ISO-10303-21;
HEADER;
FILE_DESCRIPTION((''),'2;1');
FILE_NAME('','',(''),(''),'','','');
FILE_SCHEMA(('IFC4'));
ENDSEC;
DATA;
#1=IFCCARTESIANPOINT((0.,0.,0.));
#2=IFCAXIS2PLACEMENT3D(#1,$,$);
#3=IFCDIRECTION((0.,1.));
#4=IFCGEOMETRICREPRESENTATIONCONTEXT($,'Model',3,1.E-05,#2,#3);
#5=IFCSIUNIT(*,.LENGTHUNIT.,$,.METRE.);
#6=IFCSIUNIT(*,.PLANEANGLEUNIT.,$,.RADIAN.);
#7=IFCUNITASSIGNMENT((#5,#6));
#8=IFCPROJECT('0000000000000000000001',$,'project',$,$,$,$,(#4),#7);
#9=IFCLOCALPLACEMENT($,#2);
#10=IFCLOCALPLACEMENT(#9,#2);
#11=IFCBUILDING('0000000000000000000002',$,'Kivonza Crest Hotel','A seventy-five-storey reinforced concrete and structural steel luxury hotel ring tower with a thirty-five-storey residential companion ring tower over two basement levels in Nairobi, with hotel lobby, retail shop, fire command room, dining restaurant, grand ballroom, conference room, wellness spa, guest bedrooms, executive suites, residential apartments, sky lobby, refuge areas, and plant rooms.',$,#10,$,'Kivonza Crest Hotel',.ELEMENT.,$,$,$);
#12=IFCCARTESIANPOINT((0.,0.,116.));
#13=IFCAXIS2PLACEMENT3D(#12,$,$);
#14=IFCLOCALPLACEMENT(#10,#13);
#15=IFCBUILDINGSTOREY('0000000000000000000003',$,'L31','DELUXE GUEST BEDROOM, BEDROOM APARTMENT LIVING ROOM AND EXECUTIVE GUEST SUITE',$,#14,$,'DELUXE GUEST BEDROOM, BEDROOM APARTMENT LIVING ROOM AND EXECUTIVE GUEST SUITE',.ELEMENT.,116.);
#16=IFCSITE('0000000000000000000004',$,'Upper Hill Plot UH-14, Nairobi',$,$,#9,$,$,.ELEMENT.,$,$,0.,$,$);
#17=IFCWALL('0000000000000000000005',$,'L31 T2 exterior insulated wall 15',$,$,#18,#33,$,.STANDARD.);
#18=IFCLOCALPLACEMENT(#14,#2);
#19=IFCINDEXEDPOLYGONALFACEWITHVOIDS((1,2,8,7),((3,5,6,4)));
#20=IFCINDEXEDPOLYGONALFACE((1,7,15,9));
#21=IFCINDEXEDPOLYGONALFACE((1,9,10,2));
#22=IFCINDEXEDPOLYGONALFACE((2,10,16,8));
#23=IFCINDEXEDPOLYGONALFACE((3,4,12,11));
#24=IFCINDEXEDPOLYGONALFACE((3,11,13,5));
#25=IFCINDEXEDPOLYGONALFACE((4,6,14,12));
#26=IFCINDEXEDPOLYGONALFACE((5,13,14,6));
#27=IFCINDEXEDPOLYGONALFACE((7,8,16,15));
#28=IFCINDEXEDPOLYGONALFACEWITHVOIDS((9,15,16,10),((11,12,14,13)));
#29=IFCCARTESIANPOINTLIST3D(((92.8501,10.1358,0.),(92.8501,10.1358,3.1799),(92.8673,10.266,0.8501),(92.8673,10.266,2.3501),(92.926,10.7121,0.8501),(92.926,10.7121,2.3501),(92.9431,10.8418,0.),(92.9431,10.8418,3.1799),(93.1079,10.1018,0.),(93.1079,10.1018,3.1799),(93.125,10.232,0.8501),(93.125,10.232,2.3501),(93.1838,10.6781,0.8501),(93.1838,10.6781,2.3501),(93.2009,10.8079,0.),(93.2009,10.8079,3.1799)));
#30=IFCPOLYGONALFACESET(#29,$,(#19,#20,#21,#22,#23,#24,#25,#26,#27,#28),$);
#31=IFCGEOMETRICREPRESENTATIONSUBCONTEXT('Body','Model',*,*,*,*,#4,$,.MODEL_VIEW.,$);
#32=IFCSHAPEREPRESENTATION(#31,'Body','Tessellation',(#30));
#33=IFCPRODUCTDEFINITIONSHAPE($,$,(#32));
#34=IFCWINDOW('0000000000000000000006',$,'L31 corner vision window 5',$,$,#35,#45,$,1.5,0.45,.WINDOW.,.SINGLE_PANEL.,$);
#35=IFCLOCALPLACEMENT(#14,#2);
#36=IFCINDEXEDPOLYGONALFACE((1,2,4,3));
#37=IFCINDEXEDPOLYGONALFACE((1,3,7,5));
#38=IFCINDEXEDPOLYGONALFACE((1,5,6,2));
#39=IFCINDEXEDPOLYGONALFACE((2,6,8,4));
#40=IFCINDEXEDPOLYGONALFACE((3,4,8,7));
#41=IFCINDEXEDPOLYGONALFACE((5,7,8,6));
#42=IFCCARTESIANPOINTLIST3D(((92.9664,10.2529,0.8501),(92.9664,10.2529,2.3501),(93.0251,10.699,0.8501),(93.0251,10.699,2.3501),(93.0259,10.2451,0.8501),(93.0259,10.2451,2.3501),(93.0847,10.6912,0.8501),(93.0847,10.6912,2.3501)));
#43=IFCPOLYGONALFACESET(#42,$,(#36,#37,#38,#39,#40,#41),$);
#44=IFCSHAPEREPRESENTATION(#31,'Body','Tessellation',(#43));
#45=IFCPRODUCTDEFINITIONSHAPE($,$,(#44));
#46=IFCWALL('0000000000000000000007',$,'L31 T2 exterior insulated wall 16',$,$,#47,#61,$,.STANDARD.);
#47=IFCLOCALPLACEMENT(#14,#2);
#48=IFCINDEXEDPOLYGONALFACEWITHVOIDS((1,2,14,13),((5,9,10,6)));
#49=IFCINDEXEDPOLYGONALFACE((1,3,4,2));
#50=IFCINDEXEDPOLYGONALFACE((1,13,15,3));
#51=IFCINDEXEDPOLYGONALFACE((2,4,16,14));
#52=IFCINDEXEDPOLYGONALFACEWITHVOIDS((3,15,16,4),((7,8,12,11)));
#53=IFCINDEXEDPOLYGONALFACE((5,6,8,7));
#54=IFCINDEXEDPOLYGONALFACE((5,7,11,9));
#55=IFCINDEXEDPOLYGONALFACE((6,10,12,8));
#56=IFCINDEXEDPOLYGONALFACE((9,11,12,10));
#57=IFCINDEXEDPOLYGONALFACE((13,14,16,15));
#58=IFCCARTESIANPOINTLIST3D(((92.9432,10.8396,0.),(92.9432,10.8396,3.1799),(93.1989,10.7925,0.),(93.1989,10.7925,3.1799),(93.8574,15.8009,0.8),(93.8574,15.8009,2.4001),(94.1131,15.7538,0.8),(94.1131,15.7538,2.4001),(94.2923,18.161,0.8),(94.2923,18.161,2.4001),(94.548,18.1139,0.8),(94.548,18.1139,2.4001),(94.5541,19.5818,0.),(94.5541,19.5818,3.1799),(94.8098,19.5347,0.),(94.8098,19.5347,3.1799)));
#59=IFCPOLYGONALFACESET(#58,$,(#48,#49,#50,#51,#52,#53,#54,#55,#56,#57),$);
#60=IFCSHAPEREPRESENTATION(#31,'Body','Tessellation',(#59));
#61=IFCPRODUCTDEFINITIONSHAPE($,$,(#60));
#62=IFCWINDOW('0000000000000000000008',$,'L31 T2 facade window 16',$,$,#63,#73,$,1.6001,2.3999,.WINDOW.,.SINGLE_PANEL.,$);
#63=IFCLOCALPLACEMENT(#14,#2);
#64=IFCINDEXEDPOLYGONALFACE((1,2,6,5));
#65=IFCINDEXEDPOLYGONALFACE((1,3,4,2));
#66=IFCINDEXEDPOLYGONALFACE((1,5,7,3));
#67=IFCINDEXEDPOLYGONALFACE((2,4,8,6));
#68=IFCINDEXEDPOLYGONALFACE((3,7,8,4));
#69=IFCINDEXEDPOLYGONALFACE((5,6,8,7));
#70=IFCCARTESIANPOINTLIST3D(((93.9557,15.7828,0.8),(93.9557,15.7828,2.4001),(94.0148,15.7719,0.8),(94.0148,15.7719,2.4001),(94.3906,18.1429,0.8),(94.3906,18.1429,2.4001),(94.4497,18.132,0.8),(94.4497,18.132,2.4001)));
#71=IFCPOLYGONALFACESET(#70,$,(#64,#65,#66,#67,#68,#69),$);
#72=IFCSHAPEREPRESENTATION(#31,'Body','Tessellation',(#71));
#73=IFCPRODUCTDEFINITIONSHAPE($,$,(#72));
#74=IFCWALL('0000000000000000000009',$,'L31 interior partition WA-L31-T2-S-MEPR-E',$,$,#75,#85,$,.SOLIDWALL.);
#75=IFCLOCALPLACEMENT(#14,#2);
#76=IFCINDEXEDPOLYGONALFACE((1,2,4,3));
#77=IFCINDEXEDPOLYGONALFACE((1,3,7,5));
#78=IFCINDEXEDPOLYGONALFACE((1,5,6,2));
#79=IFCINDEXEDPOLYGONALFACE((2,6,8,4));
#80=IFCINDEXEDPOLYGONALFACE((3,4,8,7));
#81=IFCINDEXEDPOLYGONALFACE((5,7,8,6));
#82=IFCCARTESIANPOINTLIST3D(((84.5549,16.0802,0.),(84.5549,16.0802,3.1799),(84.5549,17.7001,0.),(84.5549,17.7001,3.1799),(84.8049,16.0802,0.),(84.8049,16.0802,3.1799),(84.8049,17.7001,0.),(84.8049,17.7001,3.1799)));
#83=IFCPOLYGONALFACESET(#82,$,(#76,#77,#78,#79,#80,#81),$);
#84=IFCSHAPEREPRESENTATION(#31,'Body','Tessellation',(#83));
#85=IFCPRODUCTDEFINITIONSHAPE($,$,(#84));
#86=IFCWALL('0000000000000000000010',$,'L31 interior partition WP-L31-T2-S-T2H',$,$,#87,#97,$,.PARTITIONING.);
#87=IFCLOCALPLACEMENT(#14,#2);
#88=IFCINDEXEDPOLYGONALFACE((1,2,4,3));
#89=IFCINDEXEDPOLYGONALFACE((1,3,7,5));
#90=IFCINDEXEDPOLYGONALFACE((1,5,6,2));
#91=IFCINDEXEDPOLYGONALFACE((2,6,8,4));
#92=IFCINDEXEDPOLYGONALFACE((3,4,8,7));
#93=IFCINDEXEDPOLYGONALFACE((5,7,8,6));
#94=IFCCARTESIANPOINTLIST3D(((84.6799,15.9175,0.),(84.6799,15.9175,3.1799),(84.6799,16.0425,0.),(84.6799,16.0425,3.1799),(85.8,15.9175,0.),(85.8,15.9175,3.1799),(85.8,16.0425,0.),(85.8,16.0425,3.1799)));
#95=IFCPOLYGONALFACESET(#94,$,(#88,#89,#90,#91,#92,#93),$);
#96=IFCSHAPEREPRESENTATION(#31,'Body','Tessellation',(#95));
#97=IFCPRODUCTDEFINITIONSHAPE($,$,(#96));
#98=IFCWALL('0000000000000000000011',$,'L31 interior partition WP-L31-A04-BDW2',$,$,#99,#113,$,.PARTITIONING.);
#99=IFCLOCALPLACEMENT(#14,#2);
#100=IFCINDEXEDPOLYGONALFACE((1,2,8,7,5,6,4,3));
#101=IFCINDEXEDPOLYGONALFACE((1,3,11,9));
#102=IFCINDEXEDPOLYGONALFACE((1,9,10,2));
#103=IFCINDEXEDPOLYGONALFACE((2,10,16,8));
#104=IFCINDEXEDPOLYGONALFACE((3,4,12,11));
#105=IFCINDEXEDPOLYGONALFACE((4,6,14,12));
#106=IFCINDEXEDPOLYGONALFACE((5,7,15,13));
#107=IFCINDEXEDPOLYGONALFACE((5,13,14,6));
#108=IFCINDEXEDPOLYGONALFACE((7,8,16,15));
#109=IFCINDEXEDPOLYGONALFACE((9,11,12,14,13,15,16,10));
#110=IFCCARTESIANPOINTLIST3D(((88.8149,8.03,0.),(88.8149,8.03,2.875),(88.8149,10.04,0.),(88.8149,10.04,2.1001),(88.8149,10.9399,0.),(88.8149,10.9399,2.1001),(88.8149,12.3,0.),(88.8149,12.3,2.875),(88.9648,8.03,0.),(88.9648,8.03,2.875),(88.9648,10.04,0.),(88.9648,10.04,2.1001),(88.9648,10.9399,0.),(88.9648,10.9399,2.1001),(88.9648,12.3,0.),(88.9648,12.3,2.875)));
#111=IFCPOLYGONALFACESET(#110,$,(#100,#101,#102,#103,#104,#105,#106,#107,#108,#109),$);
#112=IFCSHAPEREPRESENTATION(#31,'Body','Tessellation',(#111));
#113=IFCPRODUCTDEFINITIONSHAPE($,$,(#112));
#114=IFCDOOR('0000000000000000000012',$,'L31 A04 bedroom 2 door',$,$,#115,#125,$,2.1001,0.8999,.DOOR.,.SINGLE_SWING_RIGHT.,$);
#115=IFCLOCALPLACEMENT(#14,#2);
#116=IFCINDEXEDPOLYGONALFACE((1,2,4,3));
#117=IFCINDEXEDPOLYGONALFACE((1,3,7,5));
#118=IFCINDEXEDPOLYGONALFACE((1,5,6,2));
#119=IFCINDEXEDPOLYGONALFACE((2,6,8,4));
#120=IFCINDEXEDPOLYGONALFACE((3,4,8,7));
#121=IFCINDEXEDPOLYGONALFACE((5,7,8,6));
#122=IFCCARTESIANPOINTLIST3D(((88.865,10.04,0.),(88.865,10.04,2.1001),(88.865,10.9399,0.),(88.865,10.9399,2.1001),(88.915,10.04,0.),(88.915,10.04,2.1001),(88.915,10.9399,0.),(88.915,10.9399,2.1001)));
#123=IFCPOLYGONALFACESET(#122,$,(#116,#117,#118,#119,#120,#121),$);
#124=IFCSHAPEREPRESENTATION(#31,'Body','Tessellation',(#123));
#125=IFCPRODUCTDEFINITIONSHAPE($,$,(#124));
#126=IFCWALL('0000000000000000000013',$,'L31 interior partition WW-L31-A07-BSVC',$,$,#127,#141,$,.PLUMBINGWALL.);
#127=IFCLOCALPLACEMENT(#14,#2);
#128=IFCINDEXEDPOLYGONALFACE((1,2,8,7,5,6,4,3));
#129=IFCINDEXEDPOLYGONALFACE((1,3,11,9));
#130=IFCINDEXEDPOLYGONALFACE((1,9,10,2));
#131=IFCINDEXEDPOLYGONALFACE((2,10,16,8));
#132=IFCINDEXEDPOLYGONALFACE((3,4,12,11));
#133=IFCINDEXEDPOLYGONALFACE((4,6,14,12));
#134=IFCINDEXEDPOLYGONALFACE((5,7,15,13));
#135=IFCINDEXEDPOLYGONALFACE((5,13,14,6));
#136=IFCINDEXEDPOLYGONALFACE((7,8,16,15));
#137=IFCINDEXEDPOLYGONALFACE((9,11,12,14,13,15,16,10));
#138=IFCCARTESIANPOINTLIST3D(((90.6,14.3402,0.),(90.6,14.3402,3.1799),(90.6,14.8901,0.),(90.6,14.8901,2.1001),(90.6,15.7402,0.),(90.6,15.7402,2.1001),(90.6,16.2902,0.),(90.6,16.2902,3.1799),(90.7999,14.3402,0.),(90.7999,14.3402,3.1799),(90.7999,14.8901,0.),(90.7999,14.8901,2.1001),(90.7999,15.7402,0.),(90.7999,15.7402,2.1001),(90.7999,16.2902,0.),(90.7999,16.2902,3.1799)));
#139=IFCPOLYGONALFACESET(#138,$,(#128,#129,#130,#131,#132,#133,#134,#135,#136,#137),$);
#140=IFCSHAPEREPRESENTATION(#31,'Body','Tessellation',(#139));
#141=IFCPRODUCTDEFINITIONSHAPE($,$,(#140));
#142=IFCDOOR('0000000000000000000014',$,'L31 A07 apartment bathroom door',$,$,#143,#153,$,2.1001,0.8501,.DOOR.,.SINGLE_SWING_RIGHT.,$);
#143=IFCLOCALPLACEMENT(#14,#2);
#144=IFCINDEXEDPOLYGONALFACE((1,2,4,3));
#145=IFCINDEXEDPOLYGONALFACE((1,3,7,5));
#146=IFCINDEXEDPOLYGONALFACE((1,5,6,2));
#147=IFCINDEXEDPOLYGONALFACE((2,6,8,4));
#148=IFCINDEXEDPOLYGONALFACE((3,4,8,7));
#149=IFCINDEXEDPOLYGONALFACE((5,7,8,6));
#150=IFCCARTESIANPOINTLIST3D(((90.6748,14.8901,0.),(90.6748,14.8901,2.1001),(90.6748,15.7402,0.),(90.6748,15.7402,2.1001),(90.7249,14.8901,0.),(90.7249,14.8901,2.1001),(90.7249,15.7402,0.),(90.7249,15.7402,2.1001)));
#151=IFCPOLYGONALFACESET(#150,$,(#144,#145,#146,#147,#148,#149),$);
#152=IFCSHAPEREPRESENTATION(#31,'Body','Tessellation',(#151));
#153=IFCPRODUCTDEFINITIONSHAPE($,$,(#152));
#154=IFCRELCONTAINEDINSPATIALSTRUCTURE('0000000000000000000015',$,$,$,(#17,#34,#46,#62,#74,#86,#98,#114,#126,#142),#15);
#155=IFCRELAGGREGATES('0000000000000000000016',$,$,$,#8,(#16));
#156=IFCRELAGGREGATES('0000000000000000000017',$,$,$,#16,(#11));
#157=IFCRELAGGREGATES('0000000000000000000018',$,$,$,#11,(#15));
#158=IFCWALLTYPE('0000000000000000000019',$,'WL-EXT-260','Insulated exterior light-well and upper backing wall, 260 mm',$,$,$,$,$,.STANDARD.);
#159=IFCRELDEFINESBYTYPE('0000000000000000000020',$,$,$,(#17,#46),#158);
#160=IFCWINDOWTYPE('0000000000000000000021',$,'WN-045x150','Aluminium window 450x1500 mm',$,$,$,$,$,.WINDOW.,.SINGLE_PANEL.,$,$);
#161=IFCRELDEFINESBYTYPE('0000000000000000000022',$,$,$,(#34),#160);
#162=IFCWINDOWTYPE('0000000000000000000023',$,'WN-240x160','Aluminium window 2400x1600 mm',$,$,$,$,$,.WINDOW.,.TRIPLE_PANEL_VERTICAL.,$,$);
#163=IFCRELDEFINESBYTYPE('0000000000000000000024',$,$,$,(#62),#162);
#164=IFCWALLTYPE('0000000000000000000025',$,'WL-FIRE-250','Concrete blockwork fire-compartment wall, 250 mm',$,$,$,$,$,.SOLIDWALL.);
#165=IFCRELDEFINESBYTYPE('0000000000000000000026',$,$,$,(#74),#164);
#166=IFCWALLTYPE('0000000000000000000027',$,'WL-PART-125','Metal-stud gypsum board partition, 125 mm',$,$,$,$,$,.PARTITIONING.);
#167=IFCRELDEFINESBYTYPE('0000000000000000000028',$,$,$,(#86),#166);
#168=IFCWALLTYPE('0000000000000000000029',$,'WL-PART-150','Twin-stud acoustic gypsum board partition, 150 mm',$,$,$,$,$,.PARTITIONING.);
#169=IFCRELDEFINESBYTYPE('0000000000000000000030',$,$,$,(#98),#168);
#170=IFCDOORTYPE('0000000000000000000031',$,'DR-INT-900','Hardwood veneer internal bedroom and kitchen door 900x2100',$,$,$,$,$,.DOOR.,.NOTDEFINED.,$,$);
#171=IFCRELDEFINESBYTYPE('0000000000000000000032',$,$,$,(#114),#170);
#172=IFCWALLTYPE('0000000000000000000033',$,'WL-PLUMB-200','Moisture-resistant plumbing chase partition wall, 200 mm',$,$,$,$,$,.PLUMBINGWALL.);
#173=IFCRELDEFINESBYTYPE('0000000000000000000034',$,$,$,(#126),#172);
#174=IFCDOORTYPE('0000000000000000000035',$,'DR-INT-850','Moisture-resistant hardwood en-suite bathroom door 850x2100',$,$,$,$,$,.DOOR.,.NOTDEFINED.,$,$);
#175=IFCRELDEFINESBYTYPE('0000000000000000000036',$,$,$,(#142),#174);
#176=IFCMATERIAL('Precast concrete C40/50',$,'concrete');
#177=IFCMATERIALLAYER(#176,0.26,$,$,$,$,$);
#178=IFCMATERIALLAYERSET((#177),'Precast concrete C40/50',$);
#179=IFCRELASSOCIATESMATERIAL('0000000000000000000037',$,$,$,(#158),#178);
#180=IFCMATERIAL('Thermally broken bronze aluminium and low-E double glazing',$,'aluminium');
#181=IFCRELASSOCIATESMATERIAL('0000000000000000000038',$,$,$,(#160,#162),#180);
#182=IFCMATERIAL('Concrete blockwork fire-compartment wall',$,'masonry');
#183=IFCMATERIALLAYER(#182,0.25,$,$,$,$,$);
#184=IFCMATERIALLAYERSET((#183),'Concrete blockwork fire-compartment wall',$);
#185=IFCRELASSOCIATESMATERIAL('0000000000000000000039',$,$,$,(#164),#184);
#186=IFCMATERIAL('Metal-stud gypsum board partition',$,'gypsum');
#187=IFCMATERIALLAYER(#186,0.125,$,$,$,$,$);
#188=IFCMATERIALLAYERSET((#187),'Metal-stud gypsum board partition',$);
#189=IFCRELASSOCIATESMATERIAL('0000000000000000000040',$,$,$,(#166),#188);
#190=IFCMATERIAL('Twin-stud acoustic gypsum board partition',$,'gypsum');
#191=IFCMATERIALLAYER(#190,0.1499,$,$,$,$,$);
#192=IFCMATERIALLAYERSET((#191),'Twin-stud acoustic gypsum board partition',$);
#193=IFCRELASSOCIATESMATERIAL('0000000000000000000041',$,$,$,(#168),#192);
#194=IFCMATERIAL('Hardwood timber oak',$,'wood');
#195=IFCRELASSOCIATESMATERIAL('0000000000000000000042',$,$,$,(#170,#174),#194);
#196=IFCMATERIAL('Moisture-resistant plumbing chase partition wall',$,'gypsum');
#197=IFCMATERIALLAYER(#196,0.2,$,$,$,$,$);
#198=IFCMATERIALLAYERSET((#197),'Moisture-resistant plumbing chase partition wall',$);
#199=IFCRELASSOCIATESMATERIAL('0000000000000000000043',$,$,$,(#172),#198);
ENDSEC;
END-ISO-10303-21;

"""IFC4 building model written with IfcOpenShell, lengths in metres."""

from ifc_helpers import new_model, si_unit, direction, frame, frame_2d, origin, place, context, subcontext, project, spatial, rectangle, extrude, material, layer, layer_set, type_object, element, fill, save


model = new_model("IFC4")

# Units and contexts
model_context = context("Model", 3, precision=1e-05, world=origin(), true_north=direction((0.0, 1.0)))
body_context = subcontext(model_context, "Body", "Model", "MODEL_VIEW")
ifc_project = project(units=[si_unit("LENGTHUNIT", "METRE"), si_unit("PLANEANGLEUNIT", "RADIAN")], contexts=[model_context])

# Site, building, storey
site_placement = place(None, origin())
site = spatial("IfcSite", under=ifc_project, at=site_placement, Name="Upper Hill Plot UH-14, Nairobi", CompositionType="ELEMENT", RefElevation=0.0)
building_placement = place(site_placement, origin())
building = spatial("IfcBuilding", under=site, at=building_placement, Name="Kivonza Crest Hotel", Description="A seventy-five-storey reinforced concrete and structural steel luxury hotel ring tower with a thirty-five-storey residential companion ring tower over two basement levels in Nairobi, with hotel lobby, retail shop, fire command room, dining restaurant, grand ballroom, conference room, wellness spa, guest bedrooms, executive suites, residential apartments, sky lobby, refuge areas, and plant rooms.", LongName="Kivonza Crest Hotel", CompositionType="ELEMENT")
storey_placement = place(building_placement, frame((0.0, 0.0, 116.0)))
storey = spatial("IfcBuildingStorey", under=building, at=storey_placement, Name="L31", Description="DELUXE GUEST BEDROOM, BEDROOM APARTMENT LIVING ROOM AND EXECUTIVE GUEST SUITE", LongName="DELUXE GUEST BEDROOM, BEDROOM APARTMENT LIVING ROOM AND EXECUTIVE GUEST SUITE", CompositionType="ELEMENT", Elevation=116.0)

# Shared definitions
ifc_material_1 = material(Name="Precast concrete C40/50", Category="concrete")
ifc_layer_1 = layer(ifc_material_1, 0.26)
ifc_layer_set_1 = layer_set([ifc_layer_1], Name="Precast concrete C40/50")
wall_type_1 = type_object("IfcWallType", Name="WL-EXT-260", Description="Insulated exterior light-well and upper backing wall, 260 mm", PredefinedType="STANDARD", material=ifc_layer_set_1)

# Walls, openings, windows
wall_1_placement = place(storey_placement, frame((92.979, 10.1189, 0.0), z_axis=(0.0, 0.0, 1.0), x_axis=(0.130614, 0.991433, 0.0)))
wall_1 = element("IfcWall", 1, at=wall_1_placement, inside=storey, type_object=wall_type_1, Name="L31 T2 exterior insulated wall 15", PredefinedType="STANDARD", context=body_context, shape_type="SweptSolid", body=[
    extrude(rectangle(XDim=0.7122, YDim=0.26, at=frame_2d((0.356, 0.0))), origin(), (0.0, 0.0, 1.0), 3.1799),
])
opening_1_placement = place(wall_1_placement, frame((0.1311, 0.0, 0.8501)))
opening_1 = element("IfcOpeningElement", 2, at=opening_1_placement, cuts=wall_1, PredefinedType="OPENING", context=body_context, shape_type="SweptSolid", body=[
    extrude(rectangle(XDim=0.45, YDim=1.5, at=frame_2d((0.2251, 0.75))), frame((0.0, 0.1401, 0.0), z_axis=(0.0, -1.0, 0.0), x_axis=(1.0, 0.0, 0.0)), (0.0, 0.0, 1.0), 0.28),
])
ifc_material_2 = material(Name="Thermally broken bronze aluminium and low-E double glazing", Category="aluminium")
window_type_1 = type_object("IfcWindowType", Name="WN-045x150", Description="Aluminium window 450x1500 mm", PartitioningType="SINGLE_PANEL", PredefinedType="WINDOW", material=ifc_material_2)
window_1_placement = place(opening_1_placement, origin())
window_1 = element("IfcWindow", 3, at=window_1_placement, inside=storey, type_object=window_type_1, Name="L31 corner vision window 5", OverallHeight=1.5, OverallWidth=0.45, PartitioningType="SINGLE_PANEL", PredefinedType="WINDOW", context=body_context, shape_type="SweptSolid", body=[
    extrude(rectangle(XDim=0.45, YDim=1.5, at=frame_2d((0.2251, 0.75))), frame((0.0, 0.03, 0.0), z_axis=(0.0, -1.0, 0.0), x_axis=(1.0, 0.0, 0.0)), (0.0, 0.0, 1.0), 0.0601),
])
fill(opening_1, window_1)
wall_2_placement = place(storey_placement, frame((93.071, 10.8159, 0.0), z_axis=(0.0, 0.0, 1.0), x_axis=(0.18121, 0.983444, 0.0)))
wall_2 = element("IfcWall", 4, at=wall_2_placement, inside=storey, type_object=wall_type_1, Name="L31 T2 exterior insulated wall 16", PredefinedType="STANDARD", context=body_context, shape_type="SweptSolid", body=[
    extrude(rectangle(XDim=8.8894, YDim=0.26, at=frame_2d((4.4448, 0.0))), origin(), (0.0, 0.0, 1.0), 3.1799),
])
opening_2_placement = place(wall_2_placement, frame((5.0449, 0.0, 0.8)))
opening_2 = element("IfcOpeningElement", 5, at=opening_2_placement, cuts=wall_2, PredefinedType="OPENING", context=body_context, shape_type="SweptSolid", body=[
    extrude(rectangle(XDim=2.3999, YDim=1.6001, at=frame_2d((1.2, 0.8))), frame((0.0, 0.1401, 0.0), z_axis=(0.0, -1.0, 0.0), x_axis=(1.0, 0.0, 0.0)), (0.0, 0.0, 1.0), 0.28),
])
window_type_2 = type_object("IfcWindowType", Name="WN-240x160", Description="Aluminium window 2400x1600 mm", PartitioningType="TRIPLE_PANEL_VERTICAL", PredefinedType="WINDOW", material=ifc_material_2)
window_2_placement = place(opening_2_placement, origin())
window_2 = element("IfcWindow", 6, at=window_2_placement, inside=storey, type_object=window_type_2, Name="L31 T2 facade window 16", OverallHeight=1.6001, OverallWidth=2.3999, PartitioningType="SINGLE_PANEL", PredefinedType="WINDOW", context=body_context, shape_type="SweptSolid", body=[
    extrude(rectangle(XDim=2.3999, YDim=1.6001, at=frame_2d((1.2, 0.8))), frame((0.0, 0.03, 0.0), z_axis=(0.0, -1.0, 0.0), x_axis=(1.0, 0.0, 0.0)), (0.0, 0.0, 1.0), 0.0601),
])
fill(opening_2, window_2)

# Walls
ifc_material_3 = material(Name="Concrete blockwork fire-compartment wall", Category="masonry")
ifc_layer_2 = layer(ifc_material_3, 0.25)
ifc_layer_set_2 = layer_set([ifc_layer_2], Name="Concrete blockwork fire-compartment wall")
wall_type_2 = type_object("IfcWallType", Name="WL-FIRE-250", Description="Concrete blockwork fire-compartment wall, 250 mm", PredefinedType="SOLIDWALL", material=ifc_layer_set_2)
wall_3_placement = place(storey_placement, frame((84.6799, 16.0801, 0.0), z_axis=(0.0, 0.0, 1.0), x_axis=(0.0, 1.0, 0.0)))
element("IfcWall", 7, at=wall_3_placement, inside=storey, type_object=wall_type_2, Name="L31 interior partition WA-L31-T2-S-MEPR-E", PredefinedType="SOLIDWALL", context=body_context, shape_type="SweptSolid", body=[
    extrude(rectangle(XDim=1.6199, YDim=0.25, at=frame_2d((0.8101, 0.0))), origin(), (0.0, 0.0, 1.0), 3.1799),
])
ifc_material_4 = material(Name="Metal-stud gypsum board partition", Category="gypsum")
ifc_layer_3 = layer(ifc_material_4, 0.125)
ifc_layer_set_3 = layer_set([ifc_layer_3], Name="Metal-stud gypsum board partition")
wall_type_3 = type_object("IfcWallType", Name="WL-PART-125", Description="Metal-stud gypsum board partition, 125 mm", PredefinedType="PARTITIONING", material=ifc_layer_set_3)
wall_4_placement = place(storey_placement, frame((84.6799, 15.98, 0.0), z_axis=(0.0, 0.0, 1.0), x_axis=(1.0, 0.0, 0.0)))
element("IfcWall", 8, at=wall_4_placement, inside=storey, type_object=wall_type_3, Name="L31 interior partition WP-L31-T2-S-T2H", PredefinedType="PARTITIONING", context=body_context, shape_type="SweptSolid", body=[
    extrude(rectangle(XDim=1.1201, YDim=0.125, at=frame_2d((0.5601, 0.0))), origin(), (0.0, 0.0, 1.0), 3.1799),
])

# Walls, openings, doors
ifc_material_5 = material(Name="Twin-stud acoustic gypsum board partition", Category="gypsum")
ifc_layer_4 = layer(ifc_material_5, 0.1499)
ifc_layer_set_4 = layer_set([ifc_layer_4], Name="Twin-stud acoustic gypsum board partition")
wall_type_4 = type_object("IfcWallType", Name="WL-PART-150", Description="Twin-stud acoustic gypsum board partition, 150 mm", PredefinedType="PARTITIONING", material=ifc_layer_set_4)
wall_5_placement = place(storey_placement, frame((88.8899, 8.03, 0.0), z_axis=(0.0, 0.0, 1.0), x_axis=(0.0, 1.0, 0.0)))
wall_5 = element("IfcWall", 9, at=wall_5_placement, inside=storey, type_object=wall_type_4, Name="L31 interior partition WP-L31-A04-BDW2", PredefinedType="PARTITIONING", context=body_context, shape_type="SweptSolid", body=[
    extrude(rectangle(XDim=4.27, YDim=0.1499, at=frame_2d((2.135, 0.0))), origin(), (0.0, 0.0, 1.0), 2.875),
])
opening_3_placement = place(wall_5_placement, frame((2.01, 0.0, 0.0)))
opening_3 = element("IfcOpeningElement", 10, at=opening_3_placement, cuts=wall_5, PredefinedType="OPENING", context=body_context, shape_type="SweptSolid", body=[
    extrude(rectangle(XDim=0.8999, YDim=2.1001, at=frame_2d((0.45, 1.05))), frame((0.0, 0.085, 0.0), z_axis=(0.0, -1.0, 0.0), x_axis=(1.0, 0.0, 0.0)), (0.0, 0.0, 1.0), 0.1699),
])
ifc_material_6 = material(Name="Hardwood timber oak", Category="wood")
door_type_1 = type_object("IfcDoorType", Name="DR-INT-900", Description="Hardwood veneer internal bedroom and kitchen door 900x2100", OperationType="NOTDEFINED", PredefinedType="DOOR", material=ifc_material_6)
door_1_placement = place(opening_3_placement, origin())
door_1 = element("IfcDoor", 11, at=door_1_placement, inside=storey, type_object=door_type_1, Name="L31 A04 bedroom 2 door", OperationType="SINGLE_SWING_RIGHT", OverallHeight=2.1001, OverallWidth=0.8999, PredefinedType="DOOR", context=body_context, shape_type="SweptSolid", body=[
    extrude(rectangle(XDim=0.8999, YDim=2.1001, at=frame_2d((0.45, 1.05))), frame((0.0, 0.0249, 0.0), z_axis=(0.0, -1.0, 0.0), x_axis=(1.0, 0.0, 0.0)), (0.0, 0.0, 1.0), 0.05),
])
fill(opening_3, door_1)
ifc_material_7 = material(Name="Moisture-resistant plumbing chase partition wall", Category="gypsum")
ifc_layer_5 = layer(ifc_material_7, 0.2)
ifc_layer_set_5 = layer_set([ifc_layer_5], Name="Moisture-resistant plumbing chase partition wall")
wall_type_5 = type_object("IfcWallType", Name="WL-PLUMB-200", Description="Moisture-resistant plumbing chase partition wall, 200 mm", PredefinedType="PLUMBINGWALL", material=ifc_layer_set_5)
wall_6_placement = place(storey_placement, frame((90.7, 14.3401, 0.0), z_axis=(0.0, 0.0, 1.0), x_axis=(0.0, 1.0, 0.0)))
wall_6 = element("IfcWall", 12, at=wall_6_placement, inside=storey, type_object=wall_type_5, Name="L31 interior partition WW-L31-A07-BSVC", PredefinedType="PLUMBINGWALL", context=body_context, shape_type="SweptSolid", body=[
    extrude(rectangle(XDim=1.95, YDim=0.2, at=frame_2d((0.9751, 0.0))), origin(), (0.0, 0.0, 1.0), 3.1799),
])
opening_4_placement = place(wall_6_placement, frame((0.55, 0.0, 0.0)))
opening_4 = element("IfcOpeningElement", 13, at=opening_4_placement, cuts=wall_6, PredefinedType="OPENING", context=body_context, shape_type="SweptSolid", body=[
    extrude(rectangle(XDim=0.8501, YDim=2.1001, at=frame_2d((0.425, 1.05))), frame((0.0, 0.1099, 0.0), z_axis=(0.0, -1.0, 0.0), x_axis=(1.0, 0.0, 0.0)), (0.0, 0.0, 1.0), 0.22),
])
door_type_2 = type_object("IfcDoorType", Name="DR-INT-850", Description="Moisture-resistant hardwood en-suite bathroom door 850x2100", OperationType="NOTDEFINED", PredefinedType="DOOR", material=ifc_material_6)
door_2_placement = place(opening_4_placement, frame((0.8501, 0.0, 0.0), z_axis=(0.0, 0.0, 1.0), x_axis=(-1.0, 0.0, 0.0)))
door_2 = element("IfcDoor", 14, at=door_2_placement, inside=storey, type_object=door_type_2, Name="L31 A07 apartment bathroom door", OperationType="SINGLE_SWING_RIGHT", OverallHeight=2.1001, OverallWidth=0.8501, PredefinedType="DOOR", context=body_context, shape_type="SweptSolid", body=[
    extrude(rectangle(XDim=0.8501, YDim=2.1001, at=frame_2d((0.425, 1.05))), frame((0.0, 0.0249, 0.0), z_axis=(0.0, -1.0, 0.0), x_axis=(1.0, 0.0, 0.0)), (0.0, 0.0, 1.0), 0.05),
])
fill(opening_4, door_2)

save(model, "model.ifc")
